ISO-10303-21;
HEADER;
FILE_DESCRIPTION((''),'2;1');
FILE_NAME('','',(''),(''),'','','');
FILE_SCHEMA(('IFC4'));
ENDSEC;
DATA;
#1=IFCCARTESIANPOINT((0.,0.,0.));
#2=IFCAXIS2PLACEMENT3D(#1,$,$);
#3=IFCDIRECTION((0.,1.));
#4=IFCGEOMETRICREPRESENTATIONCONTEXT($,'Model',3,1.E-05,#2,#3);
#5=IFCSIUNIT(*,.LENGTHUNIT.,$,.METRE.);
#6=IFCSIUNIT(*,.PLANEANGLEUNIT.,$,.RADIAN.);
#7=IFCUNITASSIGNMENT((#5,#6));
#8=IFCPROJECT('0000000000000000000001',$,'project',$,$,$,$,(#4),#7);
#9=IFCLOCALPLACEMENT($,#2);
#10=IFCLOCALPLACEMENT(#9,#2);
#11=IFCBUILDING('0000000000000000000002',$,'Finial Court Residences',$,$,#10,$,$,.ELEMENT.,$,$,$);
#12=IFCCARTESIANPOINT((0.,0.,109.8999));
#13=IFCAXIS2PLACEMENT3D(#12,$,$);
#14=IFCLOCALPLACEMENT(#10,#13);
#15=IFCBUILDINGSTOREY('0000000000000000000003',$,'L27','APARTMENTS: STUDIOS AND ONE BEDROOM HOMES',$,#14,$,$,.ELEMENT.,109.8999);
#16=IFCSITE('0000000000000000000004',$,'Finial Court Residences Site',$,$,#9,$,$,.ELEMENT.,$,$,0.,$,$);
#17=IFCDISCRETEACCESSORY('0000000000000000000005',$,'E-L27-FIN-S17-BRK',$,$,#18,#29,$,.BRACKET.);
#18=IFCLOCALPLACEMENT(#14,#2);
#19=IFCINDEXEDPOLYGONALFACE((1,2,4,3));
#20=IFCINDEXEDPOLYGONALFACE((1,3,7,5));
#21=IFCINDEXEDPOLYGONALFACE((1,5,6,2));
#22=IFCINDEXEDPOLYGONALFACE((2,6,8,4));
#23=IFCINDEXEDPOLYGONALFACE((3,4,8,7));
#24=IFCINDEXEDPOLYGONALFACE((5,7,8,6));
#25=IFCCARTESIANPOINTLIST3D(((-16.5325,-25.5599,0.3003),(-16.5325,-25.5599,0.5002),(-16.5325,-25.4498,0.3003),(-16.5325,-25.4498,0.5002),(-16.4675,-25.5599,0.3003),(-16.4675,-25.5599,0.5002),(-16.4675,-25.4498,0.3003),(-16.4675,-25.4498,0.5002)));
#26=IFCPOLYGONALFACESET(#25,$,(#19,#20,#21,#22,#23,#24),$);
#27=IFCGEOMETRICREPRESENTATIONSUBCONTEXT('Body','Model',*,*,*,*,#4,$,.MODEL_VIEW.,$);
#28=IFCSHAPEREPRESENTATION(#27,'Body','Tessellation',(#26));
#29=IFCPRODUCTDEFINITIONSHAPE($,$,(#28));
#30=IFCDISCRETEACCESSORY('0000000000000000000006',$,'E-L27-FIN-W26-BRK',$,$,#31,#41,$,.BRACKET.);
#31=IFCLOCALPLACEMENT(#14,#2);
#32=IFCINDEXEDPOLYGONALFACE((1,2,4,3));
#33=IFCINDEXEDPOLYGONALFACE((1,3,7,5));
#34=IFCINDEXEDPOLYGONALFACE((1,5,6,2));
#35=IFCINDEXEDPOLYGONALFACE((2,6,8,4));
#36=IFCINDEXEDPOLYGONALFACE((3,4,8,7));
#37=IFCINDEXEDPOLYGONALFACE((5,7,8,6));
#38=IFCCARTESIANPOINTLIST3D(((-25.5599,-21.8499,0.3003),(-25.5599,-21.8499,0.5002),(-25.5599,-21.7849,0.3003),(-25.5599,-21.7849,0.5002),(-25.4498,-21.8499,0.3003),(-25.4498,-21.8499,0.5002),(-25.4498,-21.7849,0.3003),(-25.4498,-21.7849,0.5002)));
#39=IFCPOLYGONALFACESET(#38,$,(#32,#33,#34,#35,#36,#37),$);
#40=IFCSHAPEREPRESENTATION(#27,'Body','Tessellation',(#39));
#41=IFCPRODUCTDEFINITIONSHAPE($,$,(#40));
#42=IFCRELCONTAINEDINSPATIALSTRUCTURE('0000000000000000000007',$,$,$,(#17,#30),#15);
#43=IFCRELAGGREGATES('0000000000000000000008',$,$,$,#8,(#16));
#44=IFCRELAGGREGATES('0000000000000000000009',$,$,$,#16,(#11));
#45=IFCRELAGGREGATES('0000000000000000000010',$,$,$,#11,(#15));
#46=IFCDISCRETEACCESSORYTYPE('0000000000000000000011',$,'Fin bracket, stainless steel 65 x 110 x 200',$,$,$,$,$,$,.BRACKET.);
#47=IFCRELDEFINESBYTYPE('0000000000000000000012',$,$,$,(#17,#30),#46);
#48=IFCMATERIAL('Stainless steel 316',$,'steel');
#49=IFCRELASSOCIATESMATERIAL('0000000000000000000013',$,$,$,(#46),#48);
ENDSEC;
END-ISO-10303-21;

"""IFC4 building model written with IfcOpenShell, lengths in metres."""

from ifc_helpers import new_model, si_unit, direction, frame, origin, origin_2d, place, context, subcontext, project, spatial, rectangle, extrude, material, type_object, element, save


model = new_model("IFC4")

# Units and contexts
model_context = context("Model", 3, precision=1e-05, world=origin(), true_north=direction((0.0, 1.0)))
body_context = subcontext(model_context, "Body", "Model", "MODEL_VIEW")
ifc_project = project(units=[si_unit("LENGTHUNIT", "METRE"), si_unit("PLANEANGLEUNIT", "RADIAN")], contexts=[model_context])

# Site, building, storey
site_placement = place(None, origin())
site = spatial("IfcSite", under=ifc_project, at=site_placement, Name="Finial Court Residences Site", CompositionType="ELEMENT", RefElevation=0.0)
building_placement = place(site_placement, origin())
building = spatial("IfcBuilding", under=site, at=building_placement, Name="Finial Court Residences", CompositionType="ELEMENT")
storey_placement = place(building_placement, frame((0.0, 0.0, 109.8999)))
storey = spatial("IfcBuildingStorey", under=building, at=storey_placement, Name="L27", Description="APARTMENTS: STUDIOS AND ONE BEDROOM HOMES", CompositionType="ELEMENT", Elevation=109.8999)

# Discrete accessories
ifc_material_1 = material(Name="Stainless steel 316", Category="steel")
discrete_accessory_type = type_object("IfcDiscreteAccessoryType", Name="Fin bracket, stainless steel 65 x 110 x 200", PredefinedType="BRACKET", material=ifc_material_1)
for number, where, z_axis, x_axis, name in (
    (1, (-16.5, -25.5049, 0.3003), (0.0, 0.0, 1.0), (1.0, 0.0, 0.0), "E-L27-FIN-S17-BRK"),
):
    element("IfcDiscreteAccessory", number, at=place(storey_placement, frame(where, z_axis=z_axis, x_axis=x_axis)), inside=storey, type_object=discrete_accessory_type, Name=name, PredefinedType="BRACKET", context=body_context, shape_type="SweptSolid", body=[
        extrude(rectangle(XDim=0.0649, YDim=0.1101, at=origin_2d()), origin(), (0.0, 0.0, 1.0), 0.2),
    ])
discrete_accessory_placement = place(storey_placement, frame((-25.5049, -21.8174, 0.3003), z_axis=(0.0, 0.0, 1.0), x_axis=(1.0, 0.0, 0.0)))
element("IfcDiscreteAccessory", 2, at=discrete_accessory_placement, inside=storey, type_object=discrete_accessory_type, Name="E-L27-FIN-W26-BRK", PredefinedType="BRACKET", context=body_context, shape_type="SweptSolid", body=[
    extrude(rectangle(XDim=0.1101, YDim=0.0649, at=origin_2d()), origin(), (0.0, 0.0, 1.0), 0.2),
])

save(model, "model.ifc")
